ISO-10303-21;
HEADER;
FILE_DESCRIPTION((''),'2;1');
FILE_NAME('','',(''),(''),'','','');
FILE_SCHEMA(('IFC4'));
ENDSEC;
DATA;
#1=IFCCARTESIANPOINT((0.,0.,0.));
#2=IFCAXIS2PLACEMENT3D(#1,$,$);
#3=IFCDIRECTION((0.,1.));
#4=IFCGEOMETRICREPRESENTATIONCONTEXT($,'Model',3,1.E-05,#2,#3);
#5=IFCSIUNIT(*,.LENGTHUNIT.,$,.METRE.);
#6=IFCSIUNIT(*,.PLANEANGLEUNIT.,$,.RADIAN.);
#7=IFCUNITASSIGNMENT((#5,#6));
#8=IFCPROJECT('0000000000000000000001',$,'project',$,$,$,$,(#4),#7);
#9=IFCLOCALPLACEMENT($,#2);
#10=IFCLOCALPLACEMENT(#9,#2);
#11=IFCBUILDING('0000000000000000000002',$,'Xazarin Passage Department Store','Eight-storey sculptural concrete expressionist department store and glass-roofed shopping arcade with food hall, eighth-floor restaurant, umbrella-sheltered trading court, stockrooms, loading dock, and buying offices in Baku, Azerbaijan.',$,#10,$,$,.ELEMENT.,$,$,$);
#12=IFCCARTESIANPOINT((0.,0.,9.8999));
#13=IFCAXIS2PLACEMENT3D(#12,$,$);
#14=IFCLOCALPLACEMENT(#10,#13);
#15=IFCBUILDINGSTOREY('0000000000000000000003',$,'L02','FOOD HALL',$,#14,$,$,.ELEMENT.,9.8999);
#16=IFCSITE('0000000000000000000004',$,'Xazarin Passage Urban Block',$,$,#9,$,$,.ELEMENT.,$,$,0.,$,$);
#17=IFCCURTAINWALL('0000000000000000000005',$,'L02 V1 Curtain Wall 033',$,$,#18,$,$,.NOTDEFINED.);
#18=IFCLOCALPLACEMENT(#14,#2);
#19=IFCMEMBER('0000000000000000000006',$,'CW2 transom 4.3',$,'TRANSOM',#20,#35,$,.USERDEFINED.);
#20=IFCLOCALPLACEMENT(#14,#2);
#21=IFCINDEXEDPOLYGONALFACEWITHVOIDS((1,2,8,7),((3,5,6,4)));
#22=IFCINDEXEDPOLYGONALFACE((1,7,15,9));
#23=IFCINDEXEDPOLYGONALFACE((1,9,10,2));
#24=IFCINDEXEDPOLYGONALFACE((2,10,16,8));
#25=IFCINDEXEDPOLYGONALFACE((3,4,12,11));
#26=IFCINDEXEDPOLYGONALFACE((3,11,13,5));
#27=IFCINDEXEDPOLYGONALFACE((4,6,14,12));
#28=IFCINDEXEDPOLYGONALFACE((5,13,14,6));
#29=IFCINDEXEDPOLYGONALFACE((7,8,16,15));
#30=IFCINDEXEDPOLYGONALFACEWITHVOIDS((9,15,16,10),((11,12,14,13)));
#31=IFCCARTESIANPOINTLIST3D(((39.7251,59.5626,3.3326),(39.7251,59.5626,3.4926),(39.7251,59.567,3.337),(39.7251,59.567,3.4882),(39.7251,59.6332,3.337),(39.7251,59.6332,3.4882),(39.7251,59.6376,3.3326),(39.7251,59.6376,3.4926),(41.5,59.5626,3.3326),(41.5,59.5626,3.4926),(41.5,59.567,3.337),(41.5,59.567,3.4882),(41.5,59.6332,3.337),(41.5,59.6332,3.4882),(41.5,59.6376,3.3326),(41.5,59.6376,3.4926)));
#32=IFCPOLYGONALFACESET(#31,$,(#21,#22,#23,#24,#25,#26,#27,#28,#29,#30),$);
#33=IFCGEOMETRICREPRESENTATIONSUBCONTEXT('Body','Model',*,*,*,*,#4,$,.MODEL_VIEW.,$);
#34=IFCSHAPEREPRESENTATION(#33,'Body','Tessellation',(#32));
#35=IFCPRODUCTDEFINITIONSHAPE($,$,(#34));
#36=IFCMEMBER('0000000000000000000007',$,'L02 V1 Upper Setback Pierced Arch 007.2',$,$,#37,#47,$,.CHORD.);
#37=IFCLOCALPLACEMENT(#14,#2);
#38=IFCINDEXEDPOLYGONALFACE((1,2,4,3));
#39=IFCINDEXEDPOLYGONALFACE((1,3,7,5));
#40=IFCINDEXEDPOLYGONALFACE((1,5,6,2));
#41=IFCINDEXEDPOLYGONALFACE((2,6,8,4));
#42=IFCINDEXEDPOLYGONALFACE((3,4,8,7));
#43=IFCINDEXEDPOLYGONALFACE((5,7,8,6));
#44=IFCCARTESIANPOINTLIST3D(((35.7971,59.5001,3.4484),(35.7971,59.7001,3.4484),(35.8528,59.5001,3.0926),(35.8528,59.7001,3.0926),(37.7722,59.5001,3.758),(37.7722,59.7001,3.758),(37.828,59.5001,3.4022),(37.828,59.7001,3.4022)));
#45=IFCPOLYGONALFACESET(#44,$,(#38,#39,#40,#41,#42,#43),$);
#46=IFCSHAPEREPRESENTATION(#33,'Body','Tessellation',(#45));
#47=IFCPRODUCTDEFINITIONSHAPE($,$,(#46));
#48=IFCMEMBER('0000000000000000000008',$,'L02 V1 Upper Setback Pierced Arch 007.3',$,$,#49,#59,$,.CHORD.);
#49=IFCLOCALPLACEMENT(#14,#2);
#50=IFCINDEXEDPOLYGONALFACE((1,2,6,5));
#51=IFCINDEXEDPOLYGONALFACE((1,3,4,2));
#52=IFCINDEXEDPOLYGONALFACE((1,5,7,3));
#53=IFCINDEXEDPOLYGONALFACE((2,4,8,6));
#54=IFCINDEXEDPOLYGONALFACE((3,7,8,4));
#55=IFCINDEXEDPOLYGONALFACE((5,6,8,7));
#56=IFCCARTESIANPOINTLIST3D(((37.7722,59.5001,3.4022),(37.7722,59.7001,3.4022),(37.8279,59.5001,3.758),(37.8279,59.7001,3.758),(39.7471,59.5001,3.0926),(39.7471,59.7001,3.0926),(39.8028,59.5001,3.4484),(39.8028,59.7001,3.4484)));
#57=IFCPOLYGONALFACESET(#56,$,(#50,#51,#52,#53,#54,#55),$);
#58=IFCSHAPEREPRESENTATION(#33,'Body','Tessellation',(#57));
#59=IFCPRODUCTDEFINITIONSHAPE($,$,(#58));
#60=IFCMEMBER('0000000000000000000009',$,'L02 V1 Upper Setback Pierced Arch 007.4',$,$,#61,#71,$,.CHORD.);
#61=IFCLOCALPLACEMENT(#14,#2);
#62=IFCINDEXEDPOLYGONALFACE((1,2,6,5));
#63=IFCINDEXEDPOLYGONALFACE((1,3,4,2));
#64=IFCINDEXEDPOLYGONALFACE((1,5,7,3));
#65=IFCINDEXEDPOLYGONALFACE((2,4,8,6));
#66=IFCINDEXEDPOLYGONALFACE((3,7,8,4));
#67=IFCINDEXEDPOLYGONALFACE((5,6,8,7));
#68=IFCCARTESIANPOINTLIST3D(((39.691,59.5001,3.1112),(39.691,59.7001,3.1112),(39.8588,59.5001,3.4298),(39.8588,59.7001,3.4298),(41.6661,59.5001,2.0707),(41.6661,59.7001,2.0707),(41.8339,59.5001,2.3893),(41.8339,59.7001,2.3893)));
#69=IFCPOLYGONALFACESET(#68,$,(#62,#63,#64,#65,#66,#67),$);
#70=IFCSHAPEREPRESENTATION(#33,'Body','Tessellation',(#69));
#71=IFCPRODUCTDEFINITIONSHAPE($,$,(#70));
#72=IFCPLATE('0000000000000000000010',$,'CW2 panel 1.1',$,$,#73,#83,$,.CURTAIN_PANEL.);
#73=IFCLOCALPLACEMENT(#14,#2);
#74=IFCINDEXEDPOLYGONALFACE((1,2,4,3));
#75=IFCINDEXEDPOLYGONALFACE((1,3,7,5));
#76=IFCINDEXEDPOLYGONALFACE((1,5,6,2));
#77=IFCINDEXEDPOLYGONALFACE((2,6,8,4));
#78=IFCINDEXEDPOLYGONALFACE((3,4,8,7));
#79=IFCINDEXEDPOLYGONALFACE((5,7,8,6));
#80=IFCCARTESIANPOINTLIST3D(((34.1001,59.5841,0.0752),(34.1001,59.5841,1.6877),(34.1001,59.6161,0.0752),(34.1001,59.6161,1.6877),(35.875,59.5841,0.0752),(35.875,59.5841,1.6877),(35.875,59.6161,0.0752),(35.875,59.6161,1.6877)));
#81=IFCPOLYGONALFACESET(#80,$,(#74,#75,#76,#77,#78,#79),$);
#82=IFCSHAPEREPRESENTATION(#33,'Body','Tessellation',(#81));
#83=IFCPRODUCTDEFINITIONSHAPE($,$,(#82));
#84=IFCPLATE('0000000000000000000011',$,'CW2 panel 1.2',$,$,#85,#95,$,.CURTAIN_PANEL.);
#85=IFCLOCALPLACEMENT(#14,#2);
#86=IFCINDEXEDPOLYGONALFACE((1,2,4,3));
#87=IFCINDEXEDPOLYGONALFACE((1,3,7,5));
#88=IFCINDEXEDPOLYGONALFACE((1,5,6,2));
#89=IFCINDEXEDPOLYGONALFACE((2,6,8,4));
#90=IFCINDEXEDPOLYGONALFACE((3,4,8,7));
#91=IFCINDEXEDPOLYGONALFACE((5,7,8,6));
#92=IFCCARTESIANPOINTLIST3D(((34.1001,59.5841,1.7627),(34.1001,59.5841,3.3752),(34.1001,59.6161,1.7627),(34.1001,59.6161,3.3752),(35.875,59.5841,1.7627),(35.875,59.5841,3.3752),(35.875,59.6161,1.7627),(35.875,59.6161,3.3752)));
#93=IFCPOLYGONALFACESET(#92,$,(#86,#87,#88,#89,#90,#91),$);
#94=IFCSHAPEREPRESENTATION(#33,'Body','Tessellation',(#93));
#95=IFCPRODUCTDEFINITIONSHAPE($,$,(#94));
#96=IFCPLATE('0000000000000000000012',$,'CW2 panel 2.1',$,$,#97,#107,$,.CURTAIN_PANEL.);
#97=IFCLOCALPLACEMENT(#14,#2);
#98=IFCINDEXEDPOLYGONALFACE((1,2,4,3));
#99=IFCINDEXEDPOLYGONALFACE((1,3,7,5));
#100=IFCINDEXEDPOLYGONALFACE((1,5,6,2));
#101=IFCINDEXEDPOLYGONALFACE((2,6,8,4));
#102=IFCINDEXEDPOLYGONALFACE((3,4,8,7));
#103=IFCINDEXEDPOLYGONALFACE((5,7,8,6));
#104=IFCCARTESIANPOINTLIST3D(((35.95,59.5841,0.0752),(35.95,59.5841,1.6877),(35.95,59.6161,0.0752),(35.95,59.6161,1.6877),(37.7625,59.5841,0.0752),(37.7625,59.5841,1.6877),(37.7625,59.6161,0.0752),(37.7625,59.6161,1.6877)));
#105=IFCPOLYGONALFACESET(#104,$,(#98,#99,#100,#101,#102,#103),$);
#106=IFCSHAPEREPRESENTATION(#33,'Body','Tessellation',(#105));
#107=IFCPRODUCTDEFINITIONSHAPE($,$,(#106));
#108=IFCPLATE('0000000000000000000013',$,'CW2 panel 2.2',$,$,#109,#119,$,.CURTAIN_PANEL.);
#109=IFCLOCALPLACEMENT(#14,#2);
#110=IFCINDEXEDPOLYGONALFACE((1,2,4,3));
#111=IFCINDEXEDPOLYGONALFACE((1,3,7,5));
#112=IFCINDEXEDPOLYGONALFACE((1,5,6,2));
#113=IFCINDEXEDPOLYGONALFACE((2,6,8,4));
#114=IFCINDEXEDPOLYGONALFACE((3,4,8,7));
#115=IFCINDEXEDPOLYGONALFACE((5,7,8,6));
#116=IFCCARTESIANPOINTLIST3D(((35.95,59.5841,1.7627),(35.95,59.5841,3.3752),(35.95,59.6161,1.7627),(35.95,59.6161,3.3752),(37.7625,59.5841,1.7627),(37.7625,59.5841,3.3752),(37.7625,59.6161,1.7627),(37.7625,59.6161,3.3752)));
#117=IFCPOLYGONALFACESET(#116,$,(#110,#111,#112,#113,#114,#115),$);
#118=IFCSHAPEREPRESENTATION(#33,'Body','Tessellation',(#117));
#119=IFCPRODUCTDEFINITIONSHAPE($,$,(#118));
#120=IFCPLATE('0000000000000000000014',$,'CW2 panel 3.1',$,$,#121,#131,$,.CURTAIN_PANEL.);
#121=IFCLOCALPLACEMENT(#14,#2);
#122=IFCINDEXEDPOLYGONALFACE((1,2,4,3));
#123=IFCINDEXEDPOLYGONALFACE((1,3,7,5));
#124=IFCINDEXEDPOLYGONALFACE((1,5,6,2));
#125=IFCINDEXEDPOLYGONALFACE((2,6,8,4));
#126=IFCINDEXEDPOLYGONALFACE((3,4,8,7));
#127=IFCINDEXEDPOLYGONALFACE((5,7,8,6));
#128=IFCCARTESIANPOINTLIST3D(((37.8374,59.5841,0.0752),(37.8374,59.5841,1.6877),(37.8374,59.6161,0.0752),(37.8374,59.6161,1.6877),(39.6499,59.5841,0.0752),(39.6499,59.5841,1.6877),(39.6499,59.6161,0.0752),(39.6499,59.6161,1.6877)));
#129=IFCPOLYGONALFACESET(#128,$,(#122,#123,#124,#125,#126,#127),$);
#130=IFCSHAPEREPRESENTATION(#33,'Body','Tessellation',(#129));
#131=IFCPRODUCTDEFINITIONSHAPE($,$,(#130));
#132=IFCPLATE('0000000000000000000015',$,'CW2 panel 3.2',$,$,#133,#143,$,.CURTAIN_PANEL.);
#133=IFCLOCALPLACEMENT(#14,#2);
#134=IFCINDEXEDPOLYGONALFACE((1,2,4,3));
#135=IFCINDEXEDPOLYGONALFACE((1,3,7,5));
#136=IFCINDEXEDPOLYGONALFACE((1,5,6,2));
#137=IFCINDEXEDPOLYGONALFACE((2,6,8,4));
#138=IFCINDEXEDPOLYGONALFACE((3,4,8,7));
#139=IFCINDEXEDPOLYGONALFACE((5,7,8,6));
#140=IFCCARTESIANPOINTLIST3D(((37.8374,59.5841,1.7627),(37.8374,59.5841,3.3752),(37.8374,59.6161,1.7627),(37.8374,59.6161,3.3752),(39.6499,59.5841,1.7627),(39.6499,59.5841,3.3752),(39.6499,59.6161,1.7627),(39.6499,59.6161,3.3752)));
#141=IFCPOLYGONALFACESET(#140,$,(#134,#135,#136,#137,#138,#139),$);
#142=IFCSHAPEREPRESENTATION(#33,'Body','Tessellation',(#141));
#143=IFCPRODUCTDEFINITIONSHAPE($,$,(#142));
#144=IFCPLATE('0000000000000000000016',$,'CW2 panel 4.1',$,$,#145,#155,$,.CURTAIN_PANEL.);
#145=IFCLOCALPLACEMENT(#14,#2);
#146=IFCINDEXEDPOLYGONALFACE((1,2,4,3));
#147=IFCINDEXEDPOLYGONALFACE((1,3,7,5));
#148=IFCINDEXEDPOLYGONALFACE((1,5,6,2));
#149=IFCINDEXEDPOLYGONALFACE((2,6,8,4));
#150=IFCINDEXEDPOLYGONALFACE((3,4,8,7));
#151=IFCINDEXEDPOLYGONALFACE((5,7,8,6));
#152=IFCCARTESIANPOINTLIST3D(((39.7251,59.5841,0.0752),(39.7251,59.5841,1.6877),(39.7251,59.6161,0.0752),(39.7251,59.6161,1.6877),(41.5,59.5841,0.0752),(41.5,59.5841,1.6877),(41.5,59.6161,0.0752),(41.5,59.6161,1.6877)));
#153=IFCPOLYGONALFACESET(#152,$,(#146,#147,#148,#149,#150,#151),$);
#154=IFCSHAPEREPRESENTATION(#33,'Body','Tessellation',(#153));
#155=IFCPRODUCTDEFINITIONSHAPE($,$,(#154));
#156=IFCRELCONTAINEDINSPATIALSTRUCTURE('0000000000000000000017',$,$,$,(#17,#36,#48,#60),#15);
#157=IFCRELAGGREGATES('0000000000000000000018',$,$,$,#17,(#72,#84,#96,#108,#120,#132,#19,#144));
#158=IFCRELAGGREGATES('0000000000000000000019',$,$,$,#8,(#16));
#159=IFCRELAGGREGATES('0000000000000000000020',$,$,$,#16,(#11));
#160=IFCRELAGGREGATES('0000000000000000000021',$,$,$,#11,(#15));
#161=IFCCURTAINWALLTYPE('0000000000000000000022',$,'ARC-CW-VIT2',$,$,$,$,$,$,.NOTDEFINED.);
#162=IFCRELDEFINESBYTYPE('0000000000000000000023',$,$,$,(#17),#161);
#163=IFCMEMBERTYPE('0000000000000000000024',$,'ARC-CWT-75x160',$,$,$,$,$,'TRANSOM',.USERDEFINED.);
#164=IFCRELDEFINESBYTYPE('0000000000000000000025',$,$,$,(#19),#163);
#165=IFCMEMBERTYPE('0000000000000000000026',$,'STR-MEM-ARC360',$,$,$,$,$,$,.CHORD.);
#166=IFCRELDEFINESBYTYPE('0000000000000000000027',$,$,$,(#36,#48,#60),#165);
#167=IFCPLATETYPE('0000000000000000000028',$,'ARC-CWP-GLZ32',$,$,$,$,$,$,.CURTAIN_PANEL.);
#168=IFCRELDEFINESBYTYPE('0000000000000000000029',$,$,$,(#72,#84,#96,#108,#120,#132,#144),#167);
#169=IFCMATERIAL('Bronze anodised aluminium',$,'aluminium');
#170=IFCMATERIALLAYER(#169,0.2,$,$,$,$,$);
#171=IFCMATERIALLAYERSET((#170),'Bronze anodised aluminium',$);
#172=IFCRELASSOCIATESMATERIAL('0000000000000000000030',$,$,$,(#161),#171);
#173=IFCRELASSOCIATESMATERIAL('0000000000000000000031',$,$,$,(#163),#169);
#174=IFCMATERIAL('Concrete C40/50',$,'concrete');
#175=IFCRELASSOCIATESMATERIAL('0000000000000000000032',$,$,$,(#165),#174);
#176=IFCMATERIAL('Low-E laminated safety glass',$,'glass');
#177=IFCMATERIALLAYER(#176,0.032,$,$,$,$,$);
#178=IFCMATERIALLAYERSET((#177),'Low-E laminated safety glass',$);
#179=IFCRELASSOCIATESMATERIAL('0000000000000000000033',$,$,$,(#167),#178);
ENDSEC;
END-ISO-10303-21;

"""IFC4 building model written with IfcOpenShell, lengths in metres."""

from ifc_helpers import new_model, si_unit, direction, frame, origin, origin_2d, place, context, subcontext, project, spatial, rectangle, hollow_rectangle, extrude, material, layer, layer_set, material_profile, profile_set, type_object, element, aggregate, save


model = new_model("IFC4")

# Units and contexts
model_context = context("Model", 3, precision=1e-05, world=origin(), true_north=direction((0.0, 1.0)))
body_context = subcontext(model_context, "Body", "Model", "MODEL_VIEW")
ifc_project = project(units=[si_unit("LENGTHUNIT", "METRE"), si_unit("PLANEANGLEUNIT", "RADIAN")], contexts=[model_context])

# Site, building, storey
site_placement = place(None, origin())
site = spatial("IfcSite", under=ifc_project, at=site_placement, Name="Xazarin Passage Urban Block", CompositionType="ELEMENT", RefElevation=0.0)
building_placement = place(site_placement, origin())
building = spatial("IfcBuilding", under=site, at=building_placement, Name="Xazarin Passage Department Store", Description="Eight-storey sculptural concrete expressionist department store and glass-roofed shopping arcade with food hall, eighth-floor restaurant, umbrella-sheltered trading court, stockrooms, loading dock, and buying offices in Baku, Azerbaijan.", CompositionType="ELEMENT")
storey_placement = place(building_placement, frame((0.0, 0.0, 9.8999)))
storey = spatial("IfcBuildingStorey", under=building, at=storey_placement, Name="L02", Description="FOOD HALL", CompositionType="ELEMENT", Elevation=9.8999)

# Curtain wall, member
ifc_material_1 = material(Name="Bronze anodised aluminium", Category="aluminium")
ifc_layer_1 = layer(ifc_material_1, 0.2)
ifc_layer_set_1 = layer_set([ifc_layer_1], Name="Bronze anodised aluminium")
curtain_wall_type = type_object("IfcCurtainWallType", Name="ARC-CW-VIT2", PredefinedType="NOTDEFINED", material=ifc_layer_set_1)
curtain_wall_placement = place(storey_placement, origin())
curtain_wall = element("IfcCurtainWall", 1, at=curtain_wall_placement, inside=storey, type_object=curtain_wall_type, Name="L02 V1 Curtain Wall 033", PredefinedType="NOTDEFINED")
ifc_material_profile_1 = material_profile(ifc_material_1, hollow_rectangle(XDim=0.075, YDim=0.1599, WallThickness=0.0044, at=origin_2d()), Name="ALU 75x160")
ifc_profile_set_1 = profile_set([ifc_material_profile_1], Name="Bronze anodised aluminium")
member_type_1 = type_object("IfcMemberType", Name="ARC-CWT-75x160", ElementType="TRANSOM", PredefinedType="USERDEFINED", material=ifc_profile_set_1)
member_1_placement = place(storey_placement, frame((39.7251, 59.6001, 3.4126), z_axis=(1.0, 0.0, 0.0), x_axis=(0.0, 1.0, 0.0)))
member_1 = element("IfcMember", 2, at=member_1_placement, type_object=member_type_1, Name="CW2 transom 4.3", ObjectType="TRANSOM", PredefinedType="USERDEFINED", context=body_context, shape_type="SweptSolid", body=[
    extrude(hollow_rectangle(XDim=0.075, YDim=0.1599, WallThickness=0.0044, at=origin_2d()), origin(), (0.0, 0.0, 1.0), 1.7749),
])

# Members
ifc_material_2 = material(Name="Concrete C40/50", Category="concrete")
ifc_material_profile_2 = material_profile(ifc_material_2, rectangle(XDim=0.2, YDim=0.3601, at=origin_2d()), Name="RC 200x360")
ifc_profile_set_2 = profile_set([ifc_material_profile_2], Name="Concrete C40/50")
member_type_2 = type_object("IfcMemberType", Name="STR-MEM-ARC360", PredefinedType="CHORD", material=ifc_profile_set_2)
member_2_placement = place(storey_placement, frame((35.825, 59.6001, 3.2705), z_axis=(0.987939, 0.0, 0.154846), x_axis=(0.0, 1.0, 0.0)))
element("IfcMember", 3, at=member_2_placement, inside=storey, type_object=member_type_2, Name="L02 V1 Upper Setback Pierced Arch 007.2", PredefinedType="CHORD", context=body_context, shape_type="SweptSolid", body=[
    extrude(rectangle(XDim=0.2, YDim=0.3601, at=origin_2d()), origin(), (0.0, 0.0, 1.0), 1.9993),
])
member_3_placement = place(storey_placement, frame((37.8, 59.6001, 3.5801), z_axis=(0.987936, 0.0, -0.154865), x_axis=(0.0, 1.0, 0.0)))
element("IfcMember", 4, at=member_3_placement, inside=storey, type_object=member_type_2, Name="L02 V1 Upper Setback Pierced Arch 007.3", PredefinedType="CHORD", context=body_context, shape_type="SweptSolid", body=[
    extrude(rectangle(XDim=0.2, YDim=0.3601, at=origin_2d()), origin(), (0.0, 0.0, 1.0), 1.999),
])
member_4_placement = place(storey_placement, frame((39.7749, 59.6001, 3.2705), z_axis=(0.884733, 0.0, -0.466098), x_axis=(0.0, 1.0, 0.0)))
element("IfcMember", 5, at=member_4_placement, inside=storey, type_object=member_type_2, Name="L02 V1 Upper Setback Pierced Arch 007.4", PredefinedType="CHORD", context=body_context, shape_type="SweptSolid", body=[
    extrude(rectangle(XDim=0.2, YDim=0.3601, at=origin_2d()), origin(), (0.0, 0.0, 1.0), 2.2324),
])

# Plates
ifc_material_3 = material(Name="Low-E laminated safety glass", Category="glass")
ifc_layer_2 = layer(ifc_material_3, 0.032)
ifc_layer_set_2 = layer_set([ifc_layer_2], Name="Low-E laminated safety glass")
plate_type = type_object("IfcPlateType", Name="ARC-CWP-GLZ32", PredefinedType="CURTAIN_PANEL", material=ifc_layer_set_2)
plate_1_placement = place(storey_placement, frame((34.9875, 59.6001, 0.0752), z_axis=(0.0, 0.0, 1.0), x_axis=(1.0, 0.0, 0.0)))
plate_1 = element("IfcPlate", 6, at=plate_1_placement, type_object=plate_type, Name="CW2 panel 1.1", PredefinedType="CURTAIN_PANEL", context=body_context, shape_type="SweptSolid", body=[
    extrude(rectangle(XDim=1.7749, YDim=0.032, at=origin_2d()), origin(), (0.0, 0.0, 1.0), 1.6125),
])
plate_2_placement = place(storey_placement, frame((34.9875, 59.6001, 1.7627), z_axis=(0.0, 0.0, 1.0), x_axis=(1.0, 0.0, 0.0)))
plate_2 = element("IfcPlate", 7, at=plate_2_placement, type_object=plate_type, Name="CW2 panel 1.2", PredefinedType="CURTAIN_PANEL", context=body_context, shape_type="SweptSolid", body=[
    extrude(rectangle(XDim=1.7749, YDim=0.032, at=origin_2d()), origin(), (0.0, 0.0, 1.0), 1.6125),
])
plate_3_placement = place(storey_placement, frame((36.8562, 59.6001, 0.0752), z_axis=(0.0, 0.0, 1.0), x_axis=(1.0, 0.0, 0.0)))
plate_3 = element("IfcPlate", 8, at=plate_3_placement, type_object=plate_type, Name="CW2 panel 2.1", PredefinedType="CURTAIN_PANEL", context=body_context, shape_type="SweptSolid", body=[
    extrude(rectangle(XDim=1.8125, YDim=0.032, at=origin_2d()), origin(), (0.0, 0.0, 1.0), 1.6125),
])
plate_4_placement = place(storey_placement, frame((36.8562, 59.6001, 1.7627), z_axis=(0.0, 0.0, 1.0), x_axis=(1.0, 0.0, 0.0)))
plate_4 = element("IfcPlate", 9, at=plate_4_placement, type_object=plate_type, Name="CW2 panel 2.2", PredefinedType="CURTAIN_PANEL", context=body_context, shape_type="SweptSolid", body=[
    extrude(rectangle(XDim=1.8125, YDim=0.032, at=origin_2d()), origin(), (0.0, 0.0, 1.0), 1.6125),
])
plate_5_placement = place(storey_placement, frame((38.7437, 59.6001, 0.0752), z_axis=(0.0, 0.0, 1.0), x_axis=(1.0, 0.0, 0.0)))
plate_5 = element("IfcPlate", 10, at=plate_5_placement, type_object=plate_type, Name="CW2 panel 3.1", PredefinedType="CURTAIN_PANEL", context=body_context, shape_type="SweptSolid", body=[
    extrude(rectangle(XDim=1.8125, YDim=0.032, at=origin_2d()), origin(), (0.0, 0.0, 1.0), 1.6125),
])
plate_6_placement = place(storey_placement, frame((38.7437, 59.6001, 1.7627), z_axis=(0.0, 0.0, 1.0), x_axis=(1.0, 0.0, 0.0)))
plate_6 = element("IfcPlate", 11, at=plate_6_placement, type_object=plate_type, Name="CW2 panel 3.2", PredefinedType="CURTAIN_PANEL", context=body_context, shape_type="SweptSolid", body=[
    extrude(rectangle(XDim=1.8125, YDim=0.032, at=origin_2d()), origin(), (0.0, 0.0, 1.0), 1.6125),
])
plate_7_placement = place(storey_placement, frame((40.6125, 59.6001, 0.0752), z_axis=(0.0, 0.0, 1.0), x_axis=(1.0, 0.0, 0.0)))
plate_7 = element("IfcPlate", 12, at=plate_7_placement, type_object=plate_type, Name="CW2 panel 4.1", PredefinedType="CURTAIN_PANEL", context=body_context, shape_type="SweptSolid", body=[
    extrude(rectangle(XDim=1.7749, YDim=0.032, at=origin_2d()), origin(), (0.0, 0.0, 1.0), 1.6125),
])
aggregate(curtain_wall, [plate_1, plate_2, plate_3, plate_4, plate_5, plate_6, member_1, plate_7])

save(model, "model.ifc")
